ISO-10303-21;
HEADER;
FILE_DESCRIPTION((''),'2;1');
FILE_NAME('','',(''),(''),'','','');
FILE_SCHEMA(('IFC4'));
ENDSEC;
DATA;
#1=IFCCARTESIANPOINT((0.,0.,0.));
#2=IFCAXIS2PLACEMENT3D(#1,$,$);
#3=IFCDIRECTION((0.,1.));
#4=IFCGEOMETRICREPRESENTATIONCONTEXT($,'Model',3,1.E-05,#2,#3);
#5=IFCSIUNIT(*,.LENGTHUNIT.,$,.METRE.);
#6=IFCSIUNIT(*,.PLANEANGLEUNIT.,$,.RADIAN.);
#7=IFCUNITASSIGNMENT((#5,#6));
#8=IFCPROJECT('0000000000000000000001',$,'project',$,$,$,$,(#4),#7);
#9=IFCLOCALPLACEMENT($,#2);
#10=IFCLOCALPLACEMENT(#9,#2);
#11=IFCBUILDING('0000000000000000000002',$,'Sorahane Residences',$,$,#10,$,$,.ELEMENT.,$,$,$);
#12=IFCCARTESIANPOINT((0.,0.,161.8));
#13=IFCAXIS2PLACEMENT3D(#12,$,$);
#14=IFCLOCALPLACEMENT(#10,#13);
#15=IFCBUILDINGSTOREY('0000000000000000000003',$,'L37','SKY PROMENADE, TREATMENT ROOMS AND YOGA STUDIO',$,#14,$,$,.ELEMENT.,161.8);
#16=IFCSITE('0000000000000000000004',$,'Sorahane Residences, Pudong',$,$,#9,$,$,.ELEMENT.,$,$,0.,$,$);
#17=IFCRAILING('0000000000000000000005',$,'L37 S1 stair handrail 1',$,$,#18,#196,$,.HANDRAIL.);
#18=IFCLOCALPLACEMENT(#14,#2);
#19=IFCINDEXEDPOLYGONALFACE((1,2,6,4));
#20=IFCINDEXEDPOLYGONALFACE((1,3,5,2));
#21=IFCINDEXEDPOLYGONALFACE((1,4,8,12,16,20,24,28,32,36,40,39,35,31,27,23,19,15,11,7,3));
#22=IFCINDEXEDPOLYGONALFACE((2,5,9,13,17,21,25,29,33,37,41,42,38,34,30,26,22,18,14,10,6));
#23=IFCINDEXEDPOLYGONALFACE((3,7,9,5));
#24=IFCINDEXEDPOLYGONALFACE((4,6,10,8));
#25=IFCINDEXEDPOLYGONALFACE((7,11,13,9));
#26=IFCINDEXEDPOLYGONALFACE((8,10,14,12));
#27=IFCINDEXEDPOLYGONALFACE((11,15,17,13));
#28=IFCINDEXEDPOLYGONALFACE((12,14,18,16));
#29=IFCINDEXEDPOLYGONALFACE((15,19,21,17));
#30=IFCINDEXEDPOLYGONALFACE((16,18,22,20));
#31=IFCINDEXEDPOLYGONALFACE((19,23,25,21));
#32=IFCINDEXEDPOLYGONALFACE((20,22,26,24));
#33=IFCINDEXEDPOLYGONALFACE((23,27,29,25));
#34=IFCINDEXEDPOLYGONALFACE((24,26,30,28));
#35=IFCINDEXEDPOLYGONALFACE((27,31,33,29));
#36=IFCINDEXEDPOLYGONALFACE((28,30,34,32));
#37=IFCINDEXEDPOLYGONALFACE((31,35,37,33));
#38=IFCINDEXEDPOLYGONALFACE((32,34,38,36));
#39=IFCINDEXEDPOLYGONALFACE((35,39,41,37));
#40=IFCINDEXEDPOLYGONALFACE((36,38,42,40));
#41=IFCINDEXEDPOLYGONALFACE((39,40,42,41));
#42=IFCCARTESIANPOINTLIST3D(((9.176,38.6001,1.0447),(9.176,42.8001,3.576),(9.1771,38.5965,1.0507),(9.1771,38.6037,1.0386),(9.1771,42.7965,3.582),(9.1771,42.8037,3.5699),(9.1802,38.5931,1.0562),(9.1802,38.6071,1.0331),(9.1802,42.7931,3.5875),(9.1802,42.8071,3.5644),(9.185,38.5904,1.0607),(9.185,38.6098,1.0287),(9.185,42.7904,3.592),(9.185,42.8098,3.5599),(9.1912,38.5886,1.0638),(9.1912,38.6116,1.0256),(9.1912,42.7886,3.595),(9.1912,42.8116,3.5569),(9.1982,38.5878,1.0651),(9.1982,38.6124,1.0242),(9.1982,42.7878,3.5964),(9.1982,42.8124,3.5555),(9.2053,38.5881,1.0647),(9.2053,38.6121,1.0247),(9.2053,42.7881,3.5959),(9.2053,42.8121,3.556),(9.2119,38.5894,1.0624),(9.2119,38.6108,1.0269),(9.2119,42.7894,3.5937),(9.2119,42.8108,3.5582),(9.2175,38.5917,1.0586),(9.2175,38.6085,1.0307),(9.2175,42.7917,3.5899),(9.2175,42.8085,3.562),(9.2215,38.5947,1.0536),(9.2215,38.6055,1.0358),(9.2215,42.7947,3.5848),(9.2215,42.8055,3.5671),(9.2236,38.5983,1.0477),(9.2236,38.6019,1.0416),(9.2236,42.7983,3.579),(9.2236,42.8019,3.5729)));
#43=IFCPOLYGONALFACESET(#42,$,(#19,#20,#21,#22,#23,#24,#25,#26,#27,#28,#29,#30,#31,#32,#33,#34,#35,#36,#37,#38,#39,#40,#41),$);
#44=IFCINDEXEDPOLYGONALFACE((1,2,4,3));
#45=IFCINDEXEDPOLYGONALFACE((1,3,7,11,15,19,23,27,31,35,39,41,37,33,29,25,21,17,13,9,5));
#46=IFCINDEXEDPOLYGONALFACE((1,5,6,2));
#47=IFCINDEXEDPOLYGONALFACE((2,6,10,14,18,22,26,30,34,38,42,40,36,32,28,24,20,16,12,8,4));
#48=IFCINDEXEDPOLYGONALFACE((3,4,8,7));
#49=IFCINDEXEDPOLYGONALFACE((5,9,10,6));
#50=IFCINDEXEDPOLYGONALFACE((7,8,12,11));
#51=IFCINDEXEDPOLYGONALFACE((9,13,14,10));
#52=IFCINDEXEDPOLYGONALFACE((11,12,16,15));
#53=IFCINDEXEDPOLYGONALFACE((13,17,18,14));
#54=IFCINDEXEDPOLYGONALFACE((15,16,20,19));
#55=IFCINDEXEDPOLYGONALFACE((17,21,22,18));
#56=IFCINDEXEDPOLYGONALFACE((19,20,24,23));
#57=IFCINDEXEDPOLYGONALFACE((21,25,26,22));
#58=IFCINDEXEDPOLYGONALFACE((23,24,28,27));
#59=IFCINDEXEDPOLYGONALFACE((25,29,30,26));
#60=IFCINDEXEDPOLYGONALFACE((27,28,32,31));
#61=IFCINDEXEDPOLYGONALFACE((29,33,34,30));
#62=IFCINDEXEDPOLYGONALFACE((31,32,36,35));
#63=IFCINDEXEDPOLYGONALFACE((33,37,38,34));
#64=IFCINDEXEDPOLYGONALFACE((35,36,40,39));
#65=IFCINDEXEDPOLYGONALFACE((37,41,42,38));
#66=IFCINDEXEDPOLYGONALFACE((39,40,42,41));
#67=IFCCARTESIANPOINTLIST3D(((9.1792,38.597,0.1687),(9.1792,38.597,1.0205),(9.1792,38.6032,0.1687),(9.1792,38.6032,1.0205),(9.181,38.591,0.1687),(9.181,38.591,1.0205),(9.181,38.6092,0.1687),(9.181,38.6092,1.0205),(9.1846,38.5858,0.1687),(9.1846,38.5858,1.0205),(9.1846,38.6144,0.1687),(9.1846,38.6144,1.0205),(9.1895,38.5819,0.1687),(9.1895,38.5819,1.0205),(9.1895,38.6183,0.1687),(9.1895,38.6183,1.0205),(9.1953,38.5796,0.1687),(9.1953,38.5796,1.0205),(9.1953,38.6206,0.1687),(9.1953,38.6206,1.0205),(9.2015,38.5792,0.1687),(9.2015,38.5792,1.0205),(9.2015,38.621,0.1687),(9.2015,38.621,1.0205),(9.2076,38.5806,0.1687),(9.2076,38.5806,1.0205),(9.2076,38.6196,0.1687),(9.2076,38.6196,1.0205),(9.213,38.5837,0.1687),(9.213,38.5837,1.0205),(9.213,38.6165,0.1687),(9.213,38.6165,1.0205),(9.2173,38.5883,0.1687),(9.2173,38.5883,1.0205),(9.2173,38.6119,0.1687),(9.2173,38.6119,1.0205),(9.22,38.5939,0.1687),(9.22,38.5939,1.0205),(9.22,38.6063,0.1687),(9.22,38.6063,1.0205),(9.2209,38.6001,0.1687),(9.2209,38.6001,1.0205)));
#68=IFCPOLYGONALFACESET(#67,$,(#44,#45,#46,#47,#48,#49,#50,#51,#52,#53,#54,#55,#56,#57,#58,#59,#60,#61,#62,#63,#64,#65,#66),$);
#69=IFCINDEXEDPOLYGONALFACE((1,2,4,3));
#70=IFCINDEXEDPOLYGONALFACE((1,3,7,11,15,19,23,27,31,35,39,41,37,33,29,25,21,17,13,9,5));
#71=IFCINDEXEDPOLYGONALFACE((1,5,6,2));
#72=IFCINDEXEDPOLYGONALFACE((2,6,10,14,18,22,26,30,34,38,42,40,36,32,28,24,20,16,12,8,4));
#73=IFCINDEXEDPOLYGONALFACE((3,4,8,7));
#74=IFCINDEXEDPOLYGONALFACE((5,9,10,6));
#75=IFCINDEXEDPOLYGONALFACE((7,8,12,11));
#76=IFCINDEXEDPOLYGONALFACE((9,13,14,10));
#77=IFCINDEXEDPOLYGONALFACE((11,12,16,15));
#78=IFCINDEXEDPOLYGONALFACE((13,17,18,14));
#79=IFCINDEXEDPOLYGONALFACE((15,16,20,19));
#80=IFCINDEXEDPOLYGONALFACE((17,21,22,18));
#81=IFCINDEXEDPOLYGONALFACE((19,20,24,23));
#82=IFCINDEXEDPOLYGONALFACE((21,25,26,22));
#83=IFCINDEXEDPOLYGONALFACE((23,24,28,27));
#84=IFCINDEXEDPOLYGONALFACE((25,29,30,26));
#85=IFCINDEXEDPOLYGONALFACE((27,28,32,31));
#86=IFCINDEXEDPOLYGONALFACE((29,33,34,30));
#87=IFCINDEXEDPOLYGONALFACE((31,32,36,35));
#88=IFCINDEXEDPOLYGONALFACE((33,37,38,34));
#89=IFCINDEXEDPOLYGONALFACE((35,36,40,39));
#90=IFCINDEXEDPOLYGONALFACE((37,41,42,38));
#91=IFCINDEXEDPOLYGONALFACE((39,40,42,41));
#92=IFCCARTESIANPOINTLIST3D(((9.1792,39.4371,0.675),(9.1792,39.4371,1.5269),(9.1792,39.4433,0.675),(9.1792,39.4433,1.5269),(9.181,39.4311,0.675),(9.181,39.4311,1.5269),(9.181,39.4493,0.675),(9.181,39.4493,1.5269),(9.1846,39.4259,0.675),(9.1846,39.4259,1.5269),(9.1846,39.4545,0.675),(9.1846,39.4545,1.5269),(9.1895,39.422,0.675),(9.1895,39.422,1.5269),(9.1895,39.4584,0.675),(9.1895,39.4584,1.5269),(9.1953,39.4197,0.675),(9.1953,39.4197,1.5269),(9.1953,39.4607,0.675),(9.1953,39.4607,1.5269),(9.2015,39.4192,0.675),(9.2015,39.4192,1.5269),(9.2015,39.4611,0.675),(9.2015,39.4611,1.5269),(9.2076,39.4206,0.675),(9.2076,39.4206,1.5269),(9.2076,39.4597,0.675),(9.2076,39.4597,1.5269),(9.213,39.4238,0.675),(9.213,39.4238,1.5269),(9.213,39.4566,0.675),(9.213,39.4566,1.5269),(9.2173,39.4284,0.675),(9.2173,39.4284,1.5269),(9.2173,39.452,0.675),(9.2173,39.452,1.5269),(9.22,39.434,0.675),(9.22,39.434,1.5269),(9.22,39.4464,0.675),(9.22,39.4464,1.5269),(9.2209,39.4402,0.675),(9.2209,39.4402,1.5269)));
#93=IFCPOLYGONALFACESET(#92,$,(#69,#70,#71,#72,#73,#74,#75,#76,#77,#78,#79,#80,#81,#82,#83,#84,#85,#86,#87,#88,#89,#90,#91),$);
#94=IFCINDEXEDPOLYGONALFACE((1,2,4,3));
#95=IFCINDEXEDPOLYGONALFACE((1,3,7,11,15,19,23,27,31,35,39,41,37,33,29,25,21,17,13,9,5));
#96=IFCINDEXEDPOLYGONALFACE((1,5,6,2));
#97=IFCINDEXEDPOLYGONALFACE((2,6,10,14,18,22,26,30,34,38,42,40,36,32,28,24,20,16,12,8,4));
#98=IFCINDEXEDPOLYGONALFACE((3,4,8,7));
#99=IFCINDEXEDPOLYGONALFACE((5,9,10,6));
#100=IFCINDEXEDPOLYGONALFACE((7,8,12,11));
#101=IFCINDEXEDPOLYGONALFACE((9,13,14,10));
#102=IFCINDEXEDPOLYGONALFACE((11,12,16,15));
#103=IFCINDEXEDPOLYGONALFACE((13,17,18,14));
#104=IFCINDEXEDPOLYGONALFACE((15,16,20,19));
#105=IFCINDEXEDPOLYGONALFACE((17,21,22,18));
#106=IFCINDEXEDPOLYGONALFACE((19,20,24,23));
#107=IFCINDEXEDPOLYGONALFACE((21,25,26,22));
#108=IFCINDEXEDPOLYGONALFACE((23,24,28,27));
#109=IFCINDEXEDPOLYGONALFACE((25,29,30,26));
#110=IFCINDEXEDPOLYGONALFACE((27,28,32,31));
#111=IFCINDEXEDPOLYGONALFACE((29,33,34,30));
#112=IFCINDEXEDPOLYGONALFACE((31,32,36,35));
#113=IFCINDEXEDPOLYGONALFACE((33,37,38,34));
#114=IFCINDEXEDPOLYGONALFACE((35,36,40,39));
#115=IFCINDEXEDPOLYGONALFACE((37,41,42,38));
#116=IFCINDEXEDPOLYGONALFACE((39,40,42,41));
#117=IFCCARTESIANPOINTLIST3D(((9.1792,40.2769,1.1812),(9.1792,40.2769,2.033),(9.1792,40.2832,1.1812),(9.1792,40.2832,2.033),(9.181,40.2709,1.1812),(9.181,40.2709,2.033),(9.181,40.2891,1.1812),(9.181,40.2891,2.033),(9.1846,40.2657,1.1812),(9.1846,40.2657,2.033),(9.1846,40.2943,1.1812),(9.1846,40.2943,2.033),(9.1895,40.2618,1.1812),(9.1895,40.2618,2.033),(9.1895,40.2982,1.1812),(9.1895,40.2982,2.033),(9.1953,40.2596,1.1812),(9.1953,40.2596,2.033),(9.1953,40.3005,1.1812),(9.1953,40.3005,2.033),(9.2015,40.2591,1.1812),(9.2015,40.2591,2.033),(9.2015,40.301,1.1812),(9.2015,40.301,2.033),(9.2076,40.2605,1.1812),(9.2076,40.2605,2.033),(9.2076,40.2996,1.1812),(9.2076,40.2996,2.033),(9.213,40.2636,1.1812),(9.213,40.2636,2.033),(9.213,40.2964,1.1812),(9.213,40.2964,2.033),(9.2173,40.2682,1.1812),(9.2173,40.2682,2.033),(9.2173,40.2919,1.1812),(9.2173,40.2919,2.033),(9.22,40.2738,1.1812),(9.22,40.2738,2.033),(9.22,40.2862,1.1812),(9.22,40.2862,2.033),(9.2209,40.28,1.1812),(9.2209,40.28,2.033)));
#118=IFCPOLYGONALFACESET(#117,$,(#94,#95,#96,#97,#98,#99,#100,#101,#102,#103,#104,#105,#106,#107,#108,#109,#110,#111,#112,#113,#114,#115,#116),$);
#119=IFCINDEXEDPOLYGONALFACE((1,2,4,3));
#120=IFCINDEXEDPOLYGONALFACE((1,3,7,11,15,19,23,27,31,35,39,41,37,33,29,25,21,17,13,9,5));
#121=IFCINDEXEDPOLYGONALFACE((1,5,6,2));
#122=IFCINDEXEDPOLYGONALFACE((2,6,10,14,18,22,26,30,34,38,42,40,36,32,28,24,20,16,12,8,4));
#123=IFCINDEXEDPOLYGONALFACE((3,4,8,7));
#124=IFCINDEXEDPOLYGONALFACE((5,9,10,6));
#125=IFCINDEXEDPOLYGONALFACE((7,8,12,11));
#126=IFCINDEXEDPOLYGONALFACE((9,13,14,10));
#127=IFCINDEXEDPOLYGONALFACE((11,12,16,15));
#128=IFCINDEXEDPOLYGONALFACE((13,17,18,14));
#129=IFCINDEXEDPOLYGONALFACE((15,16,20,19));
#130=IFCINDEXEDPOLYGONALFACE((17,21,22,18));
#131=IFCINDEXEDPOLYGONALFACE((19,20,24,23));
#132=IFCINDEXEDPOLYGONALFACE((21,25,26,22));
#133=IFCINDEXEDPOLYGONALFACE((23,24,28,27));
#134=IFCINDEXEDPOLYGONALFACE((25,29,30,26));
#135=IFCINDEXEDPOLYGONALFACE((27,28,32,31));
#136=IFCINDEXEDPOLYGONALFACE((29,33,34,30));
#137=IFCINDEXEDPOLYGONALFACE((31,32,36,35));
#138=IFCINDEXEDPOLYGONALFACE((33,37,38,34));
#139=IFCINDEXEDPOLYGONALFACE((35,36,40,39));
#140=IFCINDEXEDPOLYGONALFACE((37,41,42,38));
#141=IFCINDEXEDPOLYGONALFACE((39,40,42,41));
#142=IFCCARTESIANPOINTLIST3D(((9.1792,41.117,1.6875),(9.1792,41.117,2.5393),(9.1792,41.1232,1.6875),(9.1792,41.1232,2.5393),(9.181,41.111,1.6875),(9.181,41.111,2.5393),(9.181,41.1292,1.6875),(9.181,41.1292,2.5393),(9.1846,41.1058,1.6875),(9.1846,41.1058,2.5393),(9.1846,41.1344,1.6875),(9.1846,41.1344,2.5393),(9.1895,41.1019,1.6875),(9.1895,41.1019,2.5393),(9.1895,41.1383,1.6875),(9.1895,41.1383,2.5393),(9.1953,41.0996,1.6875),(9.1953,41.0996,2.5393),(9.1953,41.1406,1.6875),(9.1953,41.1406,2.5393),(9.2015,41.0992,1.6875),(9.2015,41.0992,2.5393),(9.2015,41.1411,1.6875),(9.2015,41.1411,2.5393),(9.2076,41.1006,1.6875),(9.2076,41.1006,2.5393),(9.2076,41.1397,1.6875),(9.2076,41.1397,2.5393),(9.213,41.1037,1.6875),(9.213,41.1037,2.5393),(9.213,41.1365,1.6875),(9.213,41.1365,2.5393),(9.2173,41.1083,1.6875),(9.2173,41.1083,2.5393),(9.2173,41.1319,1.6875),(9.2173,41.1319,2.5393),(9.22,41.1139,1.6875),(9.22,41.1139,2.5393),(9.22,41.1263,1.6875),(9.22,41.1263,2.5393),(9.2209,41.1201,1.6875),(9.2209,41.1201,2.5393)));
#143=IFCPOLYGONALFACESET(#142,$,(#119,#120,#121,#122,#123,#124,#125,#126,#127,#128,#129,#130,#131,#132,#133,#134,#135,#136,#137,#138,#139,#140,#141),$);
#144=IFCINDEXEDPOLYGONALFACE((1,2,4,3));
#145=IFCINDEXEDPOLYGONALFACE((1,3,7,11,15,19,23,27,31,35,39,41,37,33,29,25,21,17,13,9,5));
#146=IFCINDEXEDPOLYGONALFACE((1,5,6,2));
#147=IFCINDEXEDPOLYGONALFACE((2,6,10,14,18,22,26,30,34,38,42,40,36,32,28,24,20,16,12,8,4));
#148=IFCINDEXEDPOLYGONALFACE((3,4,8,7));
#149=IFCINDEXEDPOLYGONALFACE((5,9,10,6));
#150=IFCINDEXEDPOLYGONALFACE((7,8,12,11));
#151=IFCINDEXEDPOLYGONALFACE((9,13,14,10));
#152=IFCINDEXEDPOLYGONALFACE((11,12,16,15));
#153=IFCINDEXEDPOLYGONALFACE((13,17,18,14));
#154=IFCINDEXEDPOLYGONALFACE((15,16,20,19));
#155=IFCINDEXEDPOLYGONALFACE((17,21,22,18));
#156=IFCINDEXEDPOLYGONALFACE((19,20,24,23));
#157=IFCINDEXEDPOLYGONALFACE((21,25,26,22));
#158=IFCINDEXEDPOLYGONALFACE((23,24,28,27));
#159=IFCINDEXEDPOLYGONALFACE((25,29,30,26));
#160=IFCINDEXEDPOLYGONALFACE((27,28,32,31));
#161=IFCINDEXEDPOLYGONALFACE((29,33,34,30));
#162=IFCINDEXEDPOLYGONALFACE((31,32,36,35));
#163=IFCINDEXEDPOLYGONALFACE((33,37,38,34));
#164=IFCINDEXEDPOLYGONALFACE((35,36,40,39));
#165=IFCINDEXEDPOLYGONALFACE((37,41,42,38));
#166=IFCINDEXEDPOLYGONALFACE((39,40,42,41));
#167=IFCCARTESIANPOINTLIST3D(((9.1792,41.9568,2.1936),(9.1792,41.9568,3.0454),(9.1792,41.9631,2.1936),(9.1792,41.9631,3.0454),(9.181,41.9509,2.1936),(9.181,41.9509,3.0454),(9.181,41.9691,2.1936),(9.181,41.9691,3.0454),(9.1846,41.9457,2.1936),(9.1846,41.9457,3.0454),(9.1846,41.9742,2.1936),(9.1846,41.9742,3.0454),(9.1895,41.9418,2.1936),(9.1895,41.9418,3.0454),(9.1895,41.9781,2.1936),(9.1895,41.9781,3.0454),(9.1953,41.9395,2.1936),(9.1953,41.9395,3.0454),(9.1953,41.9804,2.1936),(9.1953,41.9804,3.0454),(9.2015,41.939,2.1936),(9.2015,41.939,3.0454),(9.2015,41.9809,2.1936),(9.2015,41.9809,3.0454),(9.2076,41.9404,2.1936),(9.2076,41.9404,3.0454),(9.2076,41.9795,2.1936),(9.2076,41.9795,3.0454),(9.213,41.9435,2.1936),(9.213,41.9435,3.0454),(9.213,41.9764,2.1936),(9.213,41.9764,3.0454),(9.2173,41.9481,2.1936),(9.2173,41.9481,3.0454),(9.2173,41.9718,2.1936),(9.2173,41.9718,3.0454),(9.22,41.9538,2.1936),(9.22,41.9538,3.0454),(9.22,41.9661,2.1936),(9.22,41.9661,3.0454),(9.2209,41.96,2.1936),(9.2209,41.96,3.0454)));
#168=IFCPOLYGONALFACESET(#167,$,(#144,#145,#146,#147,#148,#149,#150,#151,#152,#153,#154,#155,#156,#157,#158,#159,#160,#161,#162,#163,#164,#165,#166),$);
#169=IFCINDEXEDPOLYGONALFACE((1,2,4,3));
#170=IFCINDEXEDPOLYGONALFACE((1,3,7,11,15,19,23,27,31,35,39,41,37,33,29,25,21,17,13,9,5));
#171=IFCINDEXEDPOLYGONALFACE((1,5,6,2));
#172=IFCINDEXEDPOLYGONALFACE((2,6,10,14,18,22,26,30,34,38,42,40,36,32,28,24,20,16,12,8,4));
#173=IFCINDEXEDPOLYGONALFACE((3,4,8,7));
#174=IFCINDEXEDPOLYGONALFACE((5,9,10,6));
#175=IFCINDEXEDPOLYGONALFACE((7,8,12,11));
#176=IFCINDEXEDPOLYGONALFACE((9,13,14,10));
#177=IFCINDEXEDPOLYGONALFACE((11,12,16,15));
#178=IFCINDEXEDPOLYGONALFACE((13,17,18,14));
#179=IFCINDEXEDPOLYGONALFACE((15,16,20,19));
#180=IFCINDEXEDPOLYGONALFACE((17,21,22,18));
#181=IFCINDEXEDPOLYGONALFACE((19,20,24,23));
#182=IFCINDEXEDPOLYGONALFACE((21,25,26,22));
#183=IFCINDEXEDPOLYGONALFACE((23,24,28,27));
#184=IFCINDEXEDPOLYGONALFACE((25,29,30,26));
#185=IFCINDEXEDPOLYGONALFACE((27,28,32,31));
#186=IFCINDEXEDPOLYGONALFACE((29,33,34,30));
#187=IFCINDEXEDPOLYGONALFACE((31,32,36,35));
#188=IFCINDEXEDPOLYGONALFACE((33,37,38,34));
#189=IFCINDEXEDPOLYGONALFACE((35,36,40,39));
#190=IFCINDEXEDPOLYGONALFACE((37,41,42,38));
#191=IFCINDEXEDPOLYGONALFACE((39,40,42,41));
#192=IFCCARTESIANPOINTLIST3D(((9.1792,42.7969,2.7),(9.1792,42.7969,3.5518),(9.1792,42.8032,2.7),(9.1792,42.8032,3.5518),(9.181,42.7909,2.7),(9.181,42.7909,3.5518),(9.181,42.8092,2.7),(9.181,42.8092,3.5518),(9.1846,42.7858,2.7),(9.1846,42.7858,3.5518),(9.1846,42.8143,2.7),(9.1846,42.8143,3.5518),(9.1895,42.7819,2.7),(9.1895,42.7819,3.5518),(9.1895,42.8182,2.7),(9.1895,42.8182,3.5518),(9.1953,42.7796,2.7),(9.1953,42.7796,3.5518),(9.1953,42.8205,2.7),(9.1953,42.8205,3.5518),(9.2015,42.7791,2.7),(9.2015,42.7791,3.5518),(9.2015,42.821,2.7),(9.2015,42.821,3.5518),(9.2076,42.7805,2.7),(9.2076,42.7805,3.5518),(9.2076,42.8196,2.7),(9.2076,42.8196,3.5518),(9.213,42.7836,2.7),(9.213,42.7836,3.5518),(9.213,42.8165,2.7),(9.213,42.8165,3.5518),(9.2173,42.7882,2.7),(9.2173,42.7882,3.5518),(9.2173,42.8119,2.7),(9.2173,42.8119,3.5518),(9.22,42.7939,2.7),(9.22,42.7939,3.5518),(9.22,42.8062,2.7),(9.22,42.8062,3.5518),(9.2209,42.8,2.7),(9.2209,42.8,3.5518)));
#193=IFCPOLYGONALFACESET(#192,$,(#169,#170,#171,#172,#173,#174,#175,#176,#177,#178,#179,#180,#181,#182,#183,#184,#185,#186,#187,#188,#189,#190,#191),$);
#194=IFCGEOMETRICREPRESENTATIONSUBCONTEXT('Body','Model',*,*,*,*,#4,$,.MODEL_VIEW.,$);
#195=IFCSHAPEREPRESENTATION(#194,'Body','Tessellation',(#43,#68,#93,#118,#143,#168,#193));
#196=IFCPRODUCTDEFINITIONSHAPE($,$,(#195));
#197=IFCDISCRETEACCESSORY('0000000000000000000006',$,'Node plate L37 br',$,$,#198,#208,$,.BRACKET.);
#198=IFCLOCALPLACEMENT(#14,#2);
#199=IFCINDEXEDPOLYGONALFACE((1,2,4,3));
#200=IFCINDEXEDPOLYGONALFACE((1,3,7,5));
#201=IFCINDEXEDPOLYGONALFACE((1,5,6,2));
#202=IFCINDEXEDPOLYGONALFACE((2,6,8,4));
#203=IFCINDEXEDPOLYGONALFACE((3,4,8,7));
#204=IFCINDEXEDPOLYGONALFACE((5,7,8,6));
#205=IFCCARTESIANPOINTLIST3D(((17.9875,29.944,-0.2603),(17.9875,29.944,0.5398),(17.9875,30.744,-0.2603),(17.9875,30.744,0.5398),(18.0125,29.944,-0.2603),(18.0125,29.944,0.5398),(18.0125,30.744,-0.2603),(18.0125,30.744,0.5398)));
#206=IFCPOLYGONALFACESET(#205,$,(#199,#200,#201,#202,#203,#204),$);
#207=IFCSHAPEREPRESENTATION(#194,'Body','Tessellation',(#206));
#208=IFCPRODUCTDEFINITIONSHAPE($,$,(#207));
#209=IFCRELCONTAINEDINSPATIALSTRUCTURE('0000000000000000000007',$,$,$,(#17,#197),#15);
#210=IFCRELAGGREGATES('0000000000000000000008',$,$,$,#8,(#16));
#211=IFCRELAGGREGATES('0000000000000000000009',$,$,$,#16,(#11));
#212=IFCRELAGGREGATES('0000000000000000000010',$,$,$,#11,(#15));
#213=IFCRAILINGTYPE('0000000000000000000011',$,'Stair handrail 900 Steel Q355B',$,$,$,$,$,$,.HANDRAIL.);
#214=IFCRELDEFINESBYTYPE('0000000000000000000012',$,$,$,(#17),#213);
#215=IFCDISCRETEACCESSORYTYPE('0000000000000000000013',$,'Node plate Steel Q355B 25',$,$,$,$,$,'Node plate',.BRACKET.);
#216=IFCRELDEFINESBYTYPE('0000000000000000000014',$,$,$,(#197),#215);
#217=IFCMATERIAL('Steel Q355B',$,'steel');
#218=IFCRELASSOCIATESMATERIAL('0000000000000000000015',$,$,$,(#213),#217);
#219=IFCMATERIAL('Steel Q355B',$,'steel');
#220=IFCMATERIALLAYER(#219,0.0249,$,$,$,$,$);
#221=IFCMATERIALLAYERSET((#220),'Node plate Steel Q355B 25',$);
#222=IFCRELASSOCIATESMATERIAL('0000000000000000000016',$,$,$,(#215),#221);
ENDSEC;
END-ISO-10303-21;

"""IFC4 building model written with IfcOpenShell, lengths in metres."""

from ifc_helpers import new_model, si_unit, direction, frame, origin, origin_2d, place, context, subcontext, project, spatial, rectangle, circle, extrude, material, layer, layer_set, type_object, element, save


model = new_model("IFC4")

# Units and contexts
model_context = context("Model", 3, precision=1e-05, world=origin(), true_north=direction((0.0, 1.0)))
body_context = subcontext(model_context, "Body", "Model", "MODEL_VIEW")
ifc_project = project(units=[si_unit("LENGTHUNIT", "METRE"), si_unit("PLANEANGLEUNIT", "RADIAN")], contexts=[model_context])

# Site, building, storey
site_placement = place(None, origin())
site = spatial("IfcSite", under=ifc_project, at=site_placement, Name="Sorahane Residences, Pudong", CompositionType="ELEMENT", RefElevation=0.0)
building_placement = place(site_placement, origin())
building = spatial("IfcBuilding", under=site, at=building_placement, Name="Sorahane Residences", CompositionType="ELEMENT")
storey_placement = place(building_placement, frame((0.0, 0.0, 161.8)))
storey = spatial("IfcBuildingStorey", under=building, at=storey_placement, Name="L37", Description="SKY PROMENADE, TREATMENT ROOMS AND YOGA STUDIO", CompositionType="ELEMENT", Elevation=161.8)

# Railing
ifc_material_1 = material(Name="Steel Q355B", Category="steel")
railing_type_1 = type_object("IfcRailingType", Name="Stair handrail 900 Steel Q355B", PredefinedType="HANDRAIL", material=ifc_material_1)
railing_1_placement = place(storey_placement, frame((9.2, 38.6001, 0.1687)))
element("IfcRailing", 1, at=railing_1_placement, inside=storey, type_object=railing_type_1, Name="L37 S1 stair handrail 1", PredefinedType="HANDRAIL", context=body_context, shape_type="SweptSolid", body=[
    extrude(circle(Radius=0.0239, at=origin_2d()), frame((0.0, 0.0, 0.876), z_axis=(0.0, 0.856476, 0.516186), x_axis=(-1.0, 0.0, 0.0)), (0.0, 0.0, 1.0), 4.9038),
    extrude(circle(Radius=0.021, at=origin_2d()), origin(), (0.0, 0.0, 1.0), 0.8518),
    extrude(circle(Radius=0.021, at=origin_2d()), frame((0.0, 0.8401, 0.5063)), (0.0, 0.0, 1.0), 0.8518),
    extrude(circle(Radius=0.021, at=origin_2d()), frame((0.0, 1.6799, 1.0125)), (0.0, 0.0, 1.0), 0.8518),
    extrude(circle(Radius=0.021, at=origin_2d()), frame((0.0, 2.52, 1.5188)), (0.0, 0.0, 1.0), 0.8518),
    extrude(circle(Radius=0.021, at=origin_2d()), frame((0.0, 3.3599, 2.0249)), (0.0, 0.0, 1.0), 0.8518),
    extrude(circle(Radius=0.021, at=origin_2d()), frame((0.0, 4.2, 2.5312)), (0.0, 0.0, 1.0), 0.8518),
])

# Discrete accessory
ifc_material_2 = material(Name="Steel Q355B", Category="steel")
ifc_layer_1 = layer(ifc_material_2, 0.0249)
ifc_layer_set_1 = layer_set([ifc_layer_1], Name="Node plate Steel Q355B 25")
discrete_accessory_type = type_object("IfcDiscreteAccessoryType", Name="Node plate Steel Q355B 25", ElementType="Node plate", PredefinedType="BRACKET", material=ifc_layer_set_1)
for number, where, z_axis, x_axis, name in (
    (2, (18.0, 30.344, -0.2603), (0.0, 0.0, 1.0), (0.0, 1.0, 0.0), "Node plate L37 br"),
):
    element("IfcDiscreteAccessory", number, at=place(storey_placement, frame(where, z_axis=z_axis, x_axis=x_axis)), inside=storey, type_object=discrete_accessory_type, Name=name, PredefinedType="BRACKET", context=body_context, shape_type="SweptSolid", body=[
        extrude(rectangle(XDim=0.8, YDim=0.0249, at=origin_2d()), origin(), (0.0, 0.0, 1.0), 0.8),
    ])

save(model, "model.ifc")
